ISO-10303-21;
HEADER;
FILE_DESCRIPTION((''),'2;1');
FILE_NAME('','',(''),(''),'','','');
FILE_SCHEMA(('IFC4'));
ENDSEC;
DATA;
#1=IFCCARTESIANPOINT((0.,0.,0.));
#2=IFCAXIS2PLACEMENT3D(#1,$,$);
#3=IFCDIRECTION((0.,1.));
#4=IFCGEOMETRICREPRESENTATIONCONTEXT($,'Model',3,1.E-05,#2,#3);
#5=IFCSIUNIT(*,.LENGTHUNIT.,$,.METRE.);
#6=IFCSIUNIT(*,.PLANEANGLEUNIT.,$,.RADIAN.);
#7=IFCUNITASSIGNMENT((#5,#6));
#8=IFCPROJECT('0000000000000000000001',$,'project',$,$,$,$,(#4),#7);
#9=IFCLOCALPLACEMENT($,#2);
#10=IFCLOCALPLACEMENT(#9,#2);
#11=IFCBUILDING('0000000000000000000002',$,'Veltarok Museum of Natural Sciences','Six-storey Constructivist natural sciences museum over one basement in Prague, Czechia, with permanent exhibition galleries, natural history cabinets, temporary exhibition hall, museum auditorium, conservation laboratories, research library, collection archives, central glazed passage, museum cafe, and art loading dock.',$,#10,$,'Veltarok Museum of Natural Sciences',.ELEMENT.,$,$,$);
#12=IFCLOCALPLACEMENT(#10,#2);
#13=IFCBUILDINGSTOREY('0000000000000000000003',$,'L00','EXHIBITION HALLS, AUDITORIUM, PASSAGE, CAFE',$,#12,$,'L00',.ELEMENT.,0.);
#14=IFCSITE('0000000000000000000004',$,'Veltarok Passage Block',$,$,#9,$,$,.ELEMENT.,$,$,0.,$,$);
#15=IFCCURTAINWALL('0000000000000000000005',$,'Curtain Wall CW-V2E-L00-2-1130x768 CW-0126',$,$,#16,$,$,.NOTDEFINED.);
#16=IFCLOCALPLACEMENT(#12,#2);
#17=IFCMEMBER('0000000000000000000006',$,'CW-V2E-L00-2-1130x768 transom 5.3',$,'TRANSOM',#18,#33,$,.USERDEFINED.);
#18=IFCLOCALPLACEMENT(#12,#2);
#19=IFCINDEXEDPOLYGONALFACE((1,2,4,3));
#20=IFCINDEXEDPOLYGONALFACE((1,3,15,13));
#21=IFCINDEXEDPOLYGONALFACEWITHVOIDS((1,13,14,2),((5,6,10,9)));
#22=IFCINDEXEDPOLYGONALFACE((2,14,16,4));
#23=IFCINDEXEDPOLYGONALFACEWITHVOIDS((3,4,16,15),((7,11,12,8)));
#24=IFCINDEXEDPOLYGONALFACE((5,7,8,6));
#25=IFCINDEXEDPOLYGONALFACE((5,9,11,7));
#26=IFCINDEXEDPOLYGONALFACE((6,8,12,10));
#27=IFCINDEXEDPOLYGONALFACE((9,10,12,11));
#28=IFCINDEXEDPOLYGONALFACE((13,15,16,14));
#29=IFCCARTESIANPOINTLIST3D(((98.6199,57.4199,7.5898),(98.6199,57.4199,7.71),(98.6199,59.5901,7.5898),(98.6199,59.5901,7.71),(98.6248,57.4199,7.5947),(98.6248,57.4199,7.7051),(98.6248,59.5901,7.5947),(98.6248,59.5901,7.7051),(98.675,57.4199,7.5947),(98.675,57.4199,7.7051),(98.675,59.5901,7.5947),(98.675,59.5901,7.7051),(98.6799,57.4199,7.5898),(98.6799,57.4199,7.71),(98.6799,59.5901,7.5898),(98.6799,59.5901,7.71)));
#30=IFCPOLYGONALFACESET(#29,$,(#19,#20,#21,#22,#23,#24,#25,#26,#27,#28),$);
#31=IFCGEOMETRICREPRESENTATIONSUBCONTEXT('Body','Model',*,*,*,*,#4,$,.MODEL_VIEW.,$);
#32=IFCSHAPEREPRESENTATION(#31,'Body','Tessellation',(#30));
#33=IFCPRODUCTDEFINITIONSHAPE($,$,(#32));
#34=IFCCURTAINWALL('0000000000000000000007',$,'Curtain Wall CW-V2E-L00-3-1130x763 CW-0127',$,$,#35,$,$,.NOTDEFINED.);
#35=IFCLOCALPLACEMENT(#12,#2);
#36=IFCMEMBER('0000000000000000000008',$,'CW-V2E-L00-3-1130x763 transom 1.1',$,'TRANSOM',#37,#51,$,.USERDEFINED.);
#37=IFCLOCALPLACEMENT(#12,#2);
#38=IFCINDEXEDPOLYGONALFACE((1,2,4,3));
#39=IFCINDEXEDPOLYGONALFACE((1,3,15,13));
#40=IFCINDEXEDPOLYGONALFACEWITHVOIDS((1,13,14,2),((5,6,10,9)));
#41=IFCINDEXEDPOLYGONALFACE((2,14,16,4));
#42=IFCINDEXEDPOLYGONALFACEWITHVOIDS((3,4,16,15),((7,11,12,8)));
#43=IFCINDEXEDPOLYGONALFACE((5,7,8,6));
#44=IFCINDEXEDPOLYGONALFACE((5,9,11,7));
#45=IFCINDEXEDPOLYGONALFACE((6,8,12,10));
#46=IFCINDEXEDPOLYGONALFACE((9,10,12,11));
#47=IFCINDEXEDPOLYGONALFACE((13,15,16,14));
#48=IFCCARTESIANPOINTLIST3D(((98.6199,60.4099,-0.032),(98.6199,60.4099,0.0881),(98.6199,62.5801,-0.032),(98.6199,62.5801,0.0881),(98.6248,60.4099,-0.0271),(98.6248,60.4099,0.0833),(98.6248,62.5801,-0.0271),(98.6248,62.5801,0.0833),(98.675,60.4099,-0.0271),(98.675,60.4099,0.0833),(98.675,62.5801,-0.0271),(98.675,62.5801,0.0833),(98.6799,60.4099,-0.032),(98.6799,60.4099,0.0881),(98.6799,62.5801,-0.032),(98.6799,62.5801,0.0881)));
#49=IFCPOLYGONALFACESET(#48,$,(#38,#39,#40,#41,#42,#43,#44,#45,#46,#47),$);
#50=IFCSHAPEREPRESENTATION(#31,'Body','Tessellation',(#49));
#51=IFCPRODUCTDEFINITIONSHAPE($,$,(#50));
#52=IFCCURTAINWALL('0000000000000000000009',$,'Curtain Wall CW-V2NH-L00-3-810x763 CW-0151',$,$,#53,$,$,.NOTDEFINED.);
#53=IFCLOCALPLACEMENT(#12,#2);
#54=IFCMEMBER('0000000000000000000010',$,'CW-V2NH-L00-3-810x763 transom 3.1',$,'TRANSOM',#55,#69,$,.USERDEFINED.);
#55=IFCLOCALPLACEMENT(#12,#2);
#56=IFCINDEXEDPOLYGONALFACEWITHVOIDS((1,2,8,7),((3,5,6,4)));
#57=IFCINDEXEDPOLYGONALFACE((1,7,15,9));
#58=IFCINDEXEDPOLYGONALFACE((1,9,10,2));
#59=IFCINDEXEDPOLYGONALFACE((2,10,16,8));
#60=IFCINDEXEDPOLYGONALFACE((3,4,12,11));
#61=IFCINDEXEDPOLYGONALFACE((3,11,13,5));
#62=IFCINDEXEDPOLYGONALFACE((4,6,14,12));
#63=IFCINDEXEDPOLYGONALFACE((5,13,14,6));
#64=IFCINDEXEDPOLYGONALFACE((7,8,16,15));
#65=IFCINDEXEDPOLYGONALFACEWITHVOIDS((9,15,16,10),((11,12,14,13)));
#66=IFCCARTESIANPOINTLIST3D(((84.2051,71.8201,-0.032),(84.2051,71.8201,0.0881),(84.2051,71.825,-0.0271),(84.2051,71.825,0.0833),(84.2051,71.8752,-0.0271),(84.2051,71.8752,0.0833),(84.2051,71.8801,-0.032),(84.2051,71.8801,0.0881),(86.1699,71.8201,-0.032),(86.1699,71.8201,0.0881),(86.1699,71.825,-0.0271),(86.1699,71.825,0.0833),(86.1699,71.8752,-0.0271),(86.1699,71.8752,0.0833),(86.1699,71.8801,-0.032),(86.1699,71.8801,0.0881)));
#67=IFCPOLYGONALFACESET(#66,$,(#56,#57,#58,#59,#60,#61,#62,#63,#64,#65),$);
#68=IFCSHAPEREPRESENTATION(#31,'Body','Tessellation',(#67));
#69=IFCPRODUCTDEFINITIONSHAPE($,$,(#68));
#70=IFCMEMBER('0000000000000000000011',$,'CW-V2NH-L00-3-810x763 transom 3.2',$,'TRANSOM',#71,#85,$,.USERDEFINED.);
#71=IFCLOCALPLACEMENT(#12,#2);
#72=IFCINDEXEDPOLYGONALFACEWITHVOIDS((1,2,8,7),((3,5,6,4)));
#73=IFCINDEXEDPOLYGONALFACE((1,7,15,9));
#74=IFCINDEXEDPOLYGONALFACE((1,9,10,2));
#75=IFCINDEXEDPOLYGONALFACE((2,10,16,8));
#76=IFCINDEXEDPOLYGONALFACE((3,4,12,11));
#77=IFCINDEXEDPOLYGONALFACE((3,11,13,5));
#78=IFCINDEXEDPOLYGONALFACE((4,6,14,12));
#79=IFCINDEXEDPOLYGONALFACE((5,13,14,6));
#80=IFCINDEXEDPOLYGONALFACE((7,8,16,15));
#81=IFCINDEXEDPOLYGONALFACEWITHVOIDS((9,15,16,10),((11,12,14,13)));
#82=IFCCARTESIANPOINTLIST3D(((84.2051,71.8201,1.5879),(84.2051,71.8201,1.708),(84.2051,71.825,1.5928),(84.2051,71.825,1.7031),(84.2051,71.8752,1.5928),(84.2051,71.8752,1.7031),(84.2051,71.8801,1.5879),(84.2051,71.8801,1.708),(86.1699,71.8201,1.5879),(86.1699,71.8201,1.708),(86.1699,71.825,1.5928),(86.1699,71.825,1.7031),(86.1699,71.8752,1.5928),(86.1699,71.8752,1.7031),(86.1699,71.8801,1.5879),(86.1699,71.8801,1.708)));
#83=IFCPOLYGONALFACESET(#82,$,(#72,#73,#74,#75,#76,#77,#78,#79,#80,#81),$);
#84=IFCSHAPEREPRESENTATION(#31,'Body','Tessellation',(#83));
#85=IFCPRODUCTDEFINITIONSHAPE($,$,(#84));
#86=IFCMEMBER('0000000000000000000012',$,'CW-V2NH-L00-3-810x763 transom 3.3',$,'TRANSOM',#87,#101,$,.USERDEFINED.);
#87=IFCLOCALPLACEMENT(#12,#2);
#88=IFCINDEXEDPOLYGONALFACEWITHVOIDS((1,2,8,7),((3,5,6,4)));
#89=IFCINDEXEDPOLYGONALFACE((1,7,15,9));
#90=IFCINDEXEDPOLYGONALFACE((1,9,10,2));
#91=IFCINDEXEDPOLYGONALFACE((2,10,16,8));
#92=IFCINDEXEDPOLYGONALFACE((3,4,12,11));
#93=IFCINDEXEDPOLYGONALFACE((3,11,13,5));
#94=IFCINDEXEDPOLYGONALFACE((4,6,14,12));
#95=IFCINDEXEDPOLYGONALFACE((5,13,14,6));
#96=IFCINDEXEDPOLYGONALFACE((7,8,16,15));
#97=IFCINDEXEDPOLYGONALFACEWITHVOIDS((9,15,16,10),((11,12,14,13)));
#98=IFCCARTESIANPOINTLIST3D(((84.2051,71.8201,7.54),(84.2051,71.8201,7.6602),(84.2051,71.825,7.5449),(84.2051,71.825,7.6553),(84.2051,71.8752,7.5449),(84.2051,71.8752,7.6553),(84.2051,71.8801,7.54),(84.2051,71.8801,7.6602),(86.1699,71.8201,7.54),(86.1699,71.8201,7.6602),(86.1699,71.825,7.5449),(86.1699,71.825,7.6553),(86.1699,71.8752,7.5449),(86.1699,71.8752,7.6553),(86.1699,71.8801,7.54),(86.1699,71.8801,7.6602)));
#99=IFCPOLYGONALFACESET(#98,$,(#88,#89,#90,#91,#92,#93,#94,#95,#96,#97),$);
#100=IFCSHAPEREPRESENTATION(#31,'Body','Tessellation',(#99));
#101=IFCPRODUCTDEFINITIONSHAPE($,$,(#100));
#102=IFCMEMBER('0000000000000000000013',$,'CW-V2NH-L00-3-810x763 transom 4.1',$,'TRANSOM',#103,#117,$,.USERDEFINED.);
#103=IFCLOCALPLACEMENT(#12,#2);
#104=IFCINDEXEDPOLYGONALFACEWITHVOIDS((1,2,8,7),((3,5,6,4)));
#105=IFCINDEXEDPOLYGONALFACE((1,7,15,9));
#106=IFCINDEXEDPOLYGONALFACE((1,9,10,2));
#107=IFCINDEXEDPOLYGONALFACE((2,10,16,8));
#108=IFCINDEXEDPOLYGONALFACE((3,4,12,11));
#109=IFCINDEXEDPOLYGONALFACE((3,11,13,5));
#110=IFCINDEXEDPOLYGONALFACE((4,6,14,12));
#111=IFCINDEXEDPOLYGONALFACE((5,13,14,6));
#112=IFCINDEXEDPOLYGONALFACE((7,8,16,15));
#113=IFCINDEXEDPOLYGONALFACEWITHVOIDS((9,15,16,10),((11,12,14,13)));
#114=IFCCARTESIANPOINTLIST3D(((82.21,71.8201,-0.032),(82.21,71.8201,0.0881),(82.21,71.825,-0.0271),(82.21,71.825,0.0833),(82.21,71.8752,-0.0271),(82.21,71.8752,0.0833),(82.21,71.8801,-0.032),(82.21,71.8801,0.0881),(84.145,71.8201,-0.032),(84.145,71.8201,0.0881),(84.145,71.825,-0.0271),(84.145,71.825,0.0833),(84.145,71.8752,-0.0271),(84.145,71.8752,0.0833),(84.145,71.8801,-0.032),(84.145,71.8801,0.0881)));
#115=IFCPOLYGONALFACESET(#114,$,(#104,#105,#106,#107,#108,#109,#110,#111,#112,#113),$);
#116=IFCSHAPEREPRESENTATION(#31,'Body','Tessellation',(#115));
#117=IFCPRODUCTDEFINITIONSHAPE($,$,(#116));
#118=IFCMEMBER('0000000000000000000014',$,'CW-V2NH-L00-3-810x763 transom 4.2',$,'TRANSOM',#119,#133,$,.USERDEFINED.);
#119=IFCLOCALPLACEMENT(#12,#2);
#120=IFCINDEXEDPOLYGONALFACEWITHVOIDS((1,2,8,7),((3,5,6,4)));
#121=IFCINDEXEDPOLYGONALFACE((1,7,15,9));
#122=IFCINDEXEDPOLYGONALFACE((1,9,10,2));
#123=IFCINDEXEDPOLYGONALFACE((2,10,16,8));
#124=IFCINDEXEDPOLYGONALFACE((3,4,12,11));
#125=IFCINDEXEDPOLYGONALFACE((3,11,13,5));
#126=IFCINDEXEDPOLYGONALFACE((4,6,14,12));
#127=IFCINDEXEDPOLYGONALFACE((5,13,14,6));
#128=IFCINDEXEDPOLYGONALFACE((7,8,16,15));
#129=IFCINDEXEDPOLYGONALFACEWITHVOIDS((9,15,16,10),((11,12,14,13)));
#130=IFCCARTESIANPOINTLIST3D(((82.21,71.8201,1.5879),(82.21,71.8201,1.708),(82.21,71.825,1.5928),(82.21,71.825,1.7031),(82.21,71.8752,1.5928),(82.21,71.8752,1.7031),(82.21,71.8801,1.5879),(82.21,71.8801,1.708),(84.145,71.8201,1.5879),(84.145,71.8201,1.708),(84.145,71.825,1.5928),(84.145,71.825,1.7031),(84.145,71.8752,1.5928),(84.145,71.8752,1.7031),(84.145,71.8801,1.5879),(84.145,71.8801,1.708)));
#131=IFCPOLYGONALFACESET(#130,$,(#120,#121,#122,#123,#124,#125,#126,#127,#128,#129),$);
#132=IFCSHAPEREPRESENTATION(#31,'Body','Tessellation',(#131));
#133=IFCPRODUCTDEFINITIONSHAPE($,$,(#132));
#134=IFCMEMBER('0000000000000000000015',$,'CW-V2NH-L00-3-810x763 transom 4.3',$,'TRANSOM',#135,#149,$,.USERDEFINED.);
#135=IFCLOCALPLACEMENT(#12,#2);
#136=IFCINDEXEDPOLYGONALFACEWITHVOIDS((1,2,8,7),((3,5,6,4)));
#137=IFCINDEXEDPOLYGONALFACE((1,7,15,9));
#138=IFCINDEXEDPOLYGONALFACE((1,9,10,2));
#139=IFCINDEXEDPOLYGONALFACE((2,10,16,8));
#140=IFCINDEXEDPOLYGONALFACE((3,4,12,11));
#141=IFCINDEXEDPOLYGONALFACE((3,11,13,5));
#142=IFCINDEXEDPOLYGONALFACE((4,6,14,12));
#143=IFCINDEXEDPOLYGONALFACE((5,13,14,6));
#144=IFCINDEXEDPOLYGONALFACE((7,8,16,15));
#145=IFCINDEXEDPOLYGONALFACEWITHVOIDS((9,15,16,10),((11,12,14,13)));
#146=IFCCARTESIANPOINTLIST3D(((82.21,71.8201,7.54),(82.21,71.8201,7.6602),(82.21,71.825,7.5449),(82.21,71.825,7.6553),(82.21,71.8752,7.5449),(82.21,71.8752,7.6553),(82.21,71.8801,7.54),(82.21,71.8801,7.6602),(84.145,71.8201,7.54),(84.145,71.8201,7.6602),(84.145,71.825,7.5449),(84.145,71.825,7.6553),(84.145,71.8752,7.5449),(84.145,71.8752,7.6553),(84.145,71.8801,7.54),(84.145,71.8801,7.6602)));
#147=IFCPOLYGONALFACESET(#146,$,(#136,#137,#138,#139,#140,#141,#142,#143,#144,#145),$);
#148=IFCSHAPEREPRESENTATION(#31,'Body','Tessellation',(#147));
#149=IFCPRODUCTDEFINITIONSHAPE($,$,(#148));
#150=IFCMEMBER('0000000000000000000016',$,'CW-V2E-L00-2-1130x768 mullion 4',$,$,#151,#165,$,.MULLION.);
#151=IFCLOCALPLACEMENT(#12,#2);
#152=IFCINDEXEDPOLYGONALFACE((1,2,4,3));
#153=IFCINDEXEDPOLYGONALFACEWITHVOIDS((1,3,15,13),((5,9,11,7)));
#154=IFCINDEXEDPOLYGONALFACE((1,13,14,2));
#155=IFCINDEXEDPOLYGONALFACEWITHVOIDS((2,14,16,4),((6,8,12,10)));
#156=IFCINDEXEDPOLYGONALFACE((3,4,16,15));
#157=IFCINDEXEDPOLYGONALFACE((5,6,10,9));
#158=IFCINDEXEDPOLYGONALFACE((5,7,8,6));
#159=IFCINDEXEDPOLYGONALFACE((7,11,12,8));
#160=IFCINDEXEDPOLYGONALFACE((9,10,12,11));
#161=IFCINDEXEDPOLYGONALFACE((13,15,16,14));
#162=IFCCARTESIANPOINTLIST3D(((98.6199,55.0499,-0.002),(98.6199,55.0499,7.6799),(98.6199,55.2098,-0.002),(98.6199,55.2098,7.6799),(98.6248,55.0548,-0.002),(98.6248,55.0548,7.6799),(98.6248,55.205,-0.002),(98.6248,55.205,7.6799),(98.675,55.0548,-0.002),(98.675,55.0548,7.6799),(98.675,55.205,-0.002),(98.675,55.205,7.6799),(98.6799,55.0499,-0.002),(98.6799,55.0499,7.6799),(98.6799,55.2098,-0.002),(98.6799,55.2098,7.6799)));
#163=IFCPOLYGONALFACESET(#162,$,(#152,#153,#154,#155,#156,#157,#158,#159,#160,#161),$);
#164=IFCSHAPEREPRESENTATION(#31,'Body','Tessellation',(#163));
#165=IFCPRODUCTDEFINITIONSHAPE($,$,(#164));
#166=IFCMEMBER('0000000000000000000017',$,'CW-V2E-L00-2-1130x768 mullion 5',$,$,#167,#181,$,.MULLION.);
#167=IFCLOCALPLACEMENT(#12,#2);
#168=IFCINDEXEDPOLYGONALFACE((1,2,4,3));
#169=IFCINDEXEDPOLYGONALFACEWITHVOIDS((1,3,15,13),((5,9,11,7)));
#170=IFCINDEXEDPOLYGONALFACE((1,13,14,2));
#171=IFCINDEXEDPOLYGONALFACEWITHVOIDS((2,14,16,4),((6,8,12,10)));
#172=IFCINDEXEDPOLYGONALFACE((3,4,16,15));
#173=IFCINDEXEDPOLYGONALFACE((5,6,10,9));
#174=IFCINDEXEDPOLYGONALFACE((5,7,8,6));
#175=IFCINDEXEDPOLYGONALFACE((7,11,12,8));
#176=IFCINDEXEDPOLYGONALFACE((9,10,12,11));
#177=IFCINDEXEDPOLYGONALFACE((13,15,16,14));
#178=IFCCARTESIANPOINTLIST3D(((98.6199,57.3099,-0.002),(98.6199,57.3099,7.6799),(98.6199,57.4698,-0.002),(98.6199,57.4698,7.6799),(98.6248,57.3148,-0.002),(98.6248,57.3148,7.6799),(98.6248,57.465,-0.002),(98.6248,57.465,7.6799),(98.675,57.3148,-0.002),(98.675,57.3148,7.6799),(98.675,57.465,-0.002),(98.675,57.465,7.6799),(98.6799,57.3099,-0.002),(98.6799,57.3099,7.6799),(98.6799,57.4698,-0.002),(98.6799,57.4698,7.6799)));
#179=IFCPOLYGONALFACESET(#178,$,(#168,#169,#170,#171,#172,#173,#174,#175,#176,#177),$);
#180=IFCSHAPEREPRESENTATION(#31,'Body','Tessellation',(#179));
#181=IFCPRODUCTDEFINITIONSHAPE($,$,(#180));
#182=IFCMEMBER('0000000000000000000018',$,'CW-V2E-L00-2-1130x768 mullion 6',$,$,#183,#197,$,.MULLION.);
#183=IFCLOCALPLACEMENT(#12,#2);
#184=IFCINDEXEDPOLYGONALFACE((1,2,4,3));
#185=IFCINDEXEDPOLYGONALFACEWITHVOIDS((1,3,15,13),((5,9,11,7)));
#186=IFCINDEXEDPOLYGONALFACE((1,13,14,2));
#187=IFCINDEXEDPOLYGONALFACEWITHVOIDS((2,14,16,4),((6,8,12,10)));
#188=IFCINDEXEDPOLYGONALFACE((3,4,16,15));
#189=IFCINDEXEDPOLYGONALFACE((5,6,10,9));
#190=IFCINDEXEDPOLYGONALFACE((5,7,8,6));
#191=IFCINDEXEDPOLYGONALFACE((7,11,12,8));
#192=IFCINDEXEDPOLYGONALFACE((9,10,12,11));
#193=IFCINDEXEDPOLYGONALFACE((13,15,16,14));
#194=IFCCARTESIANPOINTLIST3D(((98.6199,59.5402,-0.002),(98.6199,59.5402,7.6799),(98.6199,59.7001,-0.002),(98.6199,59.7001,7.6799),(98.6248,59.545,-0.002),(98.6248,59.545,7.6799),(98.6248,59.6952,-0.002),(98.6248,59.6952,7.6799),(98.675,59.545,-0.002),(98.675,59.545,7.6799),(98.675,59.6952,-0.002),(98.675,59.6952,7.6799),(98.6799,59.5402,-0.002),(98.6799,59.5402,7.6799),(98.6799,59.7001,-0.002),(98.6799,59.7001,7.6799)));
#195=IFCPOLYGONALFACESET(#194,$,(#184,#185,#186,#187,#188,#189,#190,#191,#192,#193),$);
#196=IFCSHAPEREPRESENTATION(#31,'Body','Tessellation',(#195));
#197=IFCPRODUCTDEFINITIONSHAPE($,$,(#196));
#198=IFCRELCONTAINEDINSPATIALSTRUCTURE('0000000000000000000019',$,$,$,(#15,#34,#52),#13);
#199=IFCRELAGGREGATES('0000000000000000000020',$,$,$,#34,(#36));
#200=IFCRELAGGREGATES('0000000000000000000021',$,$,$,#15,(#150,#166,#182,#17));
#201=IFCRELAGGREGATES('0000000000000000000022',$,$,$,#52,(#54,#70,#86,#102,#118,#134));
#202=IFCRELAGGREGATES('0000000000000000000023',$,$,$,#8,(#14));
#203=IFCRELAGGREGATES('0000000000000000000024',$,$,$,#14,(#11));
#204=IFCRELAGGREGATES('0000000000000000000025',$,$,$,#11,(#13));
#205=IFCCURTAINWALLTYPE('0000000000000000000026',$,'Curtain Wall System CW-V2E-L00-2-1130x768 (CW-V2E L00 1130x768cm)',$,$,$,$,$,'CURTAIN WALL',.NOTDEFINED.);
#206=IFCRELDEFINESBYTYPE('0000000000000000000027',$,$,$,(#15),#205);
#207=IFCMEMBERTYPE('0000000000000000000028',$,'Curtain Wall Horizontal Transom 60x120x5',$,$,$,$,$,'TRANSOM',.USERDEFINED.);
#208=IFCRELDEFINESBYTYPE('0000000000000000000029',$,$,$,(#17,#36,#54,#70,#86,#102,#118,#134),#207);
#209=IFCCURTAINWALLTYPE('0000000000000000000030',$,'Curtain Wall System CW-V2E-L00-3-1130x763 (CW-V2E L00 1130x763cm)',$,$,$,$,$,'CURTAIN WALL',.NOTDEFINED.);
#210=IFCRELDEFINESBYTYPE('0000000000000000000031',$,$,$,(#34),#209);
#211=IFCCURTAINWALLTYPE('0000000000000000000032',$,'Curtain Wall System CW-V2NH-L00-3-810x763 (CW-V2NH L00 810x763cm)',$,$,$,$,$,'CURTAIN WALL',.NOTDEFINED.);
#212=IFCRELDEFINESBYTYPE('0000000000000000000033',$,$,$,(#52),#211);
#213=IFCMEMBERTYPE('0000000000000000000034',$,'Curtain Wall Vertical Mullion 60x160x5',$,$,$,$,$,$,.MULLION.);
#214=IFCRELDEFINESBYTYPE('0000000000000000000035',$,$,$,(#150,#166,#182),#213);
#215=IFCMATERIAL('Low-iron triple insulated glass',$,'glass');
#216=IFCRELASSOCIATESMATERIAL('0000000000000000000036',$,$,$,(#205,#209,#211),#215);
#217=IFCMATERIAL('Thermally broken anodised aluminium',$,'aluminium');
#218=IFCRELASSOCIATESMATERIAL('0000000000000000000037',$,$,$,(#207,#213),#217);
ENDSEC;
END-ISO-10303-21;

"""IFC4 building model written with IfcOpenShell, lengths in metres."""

from ifc_helpers import new_model, si_unit, direction, frame, origin, origin_2d, place, context, subcontext, project, spatial, hollow_rectangle, extrude, material, material_profile, profile_set, type_object, element, aggregate, save


model = new_model("IFC4")

# Units and contexts
model_context = context("Model", 3, precision=1e-05, world=origin(), true_north=direction((0.0, 1.0)))
body_context = subcontext(model_context, "Body", "Model", "MODEL_VIEW")
ifc_project = project(units=[si_unit("LENGTHUNIT", "METRE"), si_unit("PLANEANGLEUNIT", "RADIAN")], contexts=[model_context])

# Site, building, storey
site_placement = place(None, origin())
site = spatial("IfcSite", under=ifc_project, at=site_placement, Name="Veltarok Passage Block", CompositionType="ELEMENT", RefElevation=0.0)
building_placement = place(site_placement, origin())
building = spatial("IfcBuilding", under=site, at=building_placement, Name="Veltarok Museum of Natural Sciences", Description="Six-storey Constructivist natural sciences museum over one basement in Prague, Czechia, with permanent exhibition galleries, natural history cabinets, temporary exhibition hall, museum auditorium, conservation laboratories, research library, collection archives, central glazed passage, museum cafe, and art loading dock.", LongName="Veltarok Museum of Natural Sciences", CompositionType="ELEMENT")
storey_placement = place(building_placement, origin())
storey = spatial("IfcBuildingStorey", under=building, at=storey_placement, Name="L00", Description="EXHIBITION HALLS, AUDITORIUM, PASSAGE, CAFE", LongName="L00", CompositionType="ELEMENT", Elevation=0.0)

# Curtain wall, member
ifc_material_1 = material(Name="Low-iron triple insulated glass", Category="glass")
curtain_wall_type_1 = type_object("IfcCurtainWallType", Name="Curtain Wall System CW-V2E-L00-2-1130x768 (CW-V2E L00 1130x768cm)", ElementType="CURTAIN WALL", PredefinedType="NOTDEFINED", material=ifc_material_1)
curtain_wall_1_placement = place(storey_placement, origin())
curtain_wall_1 = element("IfcCurtainWall", 1, at=curtain_wall_1_placement, inside=storey, type_object=curtain_wall_type_1, Name="Curtain Wall CW-V2E-L00-2-1130x768 CW-0126", PredefinedType="NOTDEFINED")
ifc_material_2 = material(Name="Thermally broken anodised aluminium", Category="aluminium")
ifc_material_profile_1 = material_profile(ifc_material_2, hollow_rectangle(XDim=0.0601, YDim=0.1201, WallThickness=0.0049, at=origin_2d()), Name="CW TRANSOM 60x120x5")
ifc_profile_set_1 = profile_set([ifc_material_profile_1], Name="Thermally broken anodised aluminium")
member_type_1 = type_object("IfcMemberType", Name="Curtain Wall Horizontal Transom 60x120x5", ElementType="TRANSOM", PredefinedType="USERDEFINED", material=ifc_profile_set_1)
member_1_placement = place(storey_placement, frame((98.6499, 57.4199, 7.6499), z_axis=(0.0, 1.0, 0.0), x_axis=(-1.0, 0.0, 0.0)))
member_1 = element("IfcMember", 2, at=member_1_placement, type_object=member_type_1, Name="CW-V2E-L00-2-1130x768 transom 5.3", ObjectType="TRANSOM", PredefinedType="USERDEFINED", context=body_context, shape_type="SweptSolid", body=[
    extrude(hollow_rectangle(XDim=0.0601, YDim=0.1201, WallThickness=0.0049, at=origin_2d()), origin(), (0.0, 0.0, 1.0), 2.1702),
])

# Curtain wall, member
curtain_wall_type_2 = type_object("IfcCurtainWallType", Name="Curtain Wall System CW-V2E-L00-3-1130x763 (CW-V2E L00 1130x763cm)", ElementType="CURTAIN WALL", PredefinedType="NOTDEFINED", material=ifc_material_1)
curtain_wall_2_placement = place(storey_placement, origin())
curtain_wall_2 = element("IfcCurtainWall", 3, at=curtain_wall_2_placement, inside=storey, type_object=curtain_wall_type_2, Name="Curtain Wall CW-V2E-L00-3-1130x763 CW-0127", PredefinedType="NOTDEFINED")
member_2_placement = place(storey_placement, frame((98.6499, 60.4099, 0.0281), z_axis=(0.0, 1.0, 0.0), x_axis=(-1.0, 0.0, 0.0)))
member_2 = element("IfcMember", 4, at=member_2_placement, type_object=member_type_1, Name="CW-V2E-L00-3-1130x763 transom 1.1", ObjectType="TRANSOM", PredefinedType="USERDEFINED", context=body_context, shape_type="SweptSolid", body=[
    extrude(hollow_rectangle(XDim=0.0601, YDim=0.1201, WallThickness=0.0049, at=origin_2d()), origin(), (0.0, 0.0, 1.0), 2.1702),
])

# Curtain wall, members
curtain_wall_type_3 = type_object("IfcCurtainWallType", Name="Curtain Wall System CW-V2NH-L00-3-810x763 (CW-V2NH L00 810x763cm)", ElementType="CURTAIN WALL", PredefinedType="NOTDEFINED", material=ifc_material_1)
curtain_wall_3_placement = place(storey_placement, origin())
curtain_wall_3 = element("IfcCurtainWall", 5, at=curtain_wall_3_placement, inside=storey, type_object=curtain_wall_type_3, Name="Curtain Wall CW-V2NH-L00-3-810x763 CW-0151", PredefinedType="NOTDEFINED")
member_3_placement = place(storey_placement, frame((86.1699, 71.8501, 0.0281), z_axis=(-1.0, 0.0, 0.0), x_axis=(0.0, -1.0, 0.0)))
member_3 = element("IfcMember", 6, at=member_3_placement, type_object=member_type_1, Name="CW-V2NH-L00-3-810x763 transom 3.1", ObjectType="TRANSOM", PredefinedType="USERDEFINED", context=body_context, shape_type="SweptSolid", body=[
    extrude(hollow_rectangle(XDim=0.0601, YDim=0.1201, WallThickness=0.0049, at=origin_2d()), origin(), (0.0, 0.0, 1.0), 1.9648),
])
member_4_placement = place(storey_placement, frame((86.1699, 71.8501, 1.6479), z_axis=(-1.0, 0.0, 0.0), x_axis=(0.0, -1.0, 0.0)))
member_4 = element("IfcMember", 7, at=member_4_placement, type_object=member_type_1, Name="CW-V2NH-L00-3-810x763 transom 3.2", ObjectType="TRANSOM", PredefinedType="USERDEFINED", context=body_context, shape_type="SweptSolid", body=[
    extrude(hollow_rectangle(XDim=0.0601, YDim=0.1201, WallThickness=0.0049, at=origin_2d()), origin(), (0.0, 0.0, 1.0), 1.9648),
])
member_5_placement = place(storey_placement, frame((86.1699, 71.8501, 7.6001), z_axis=(-1.0, 0.0, 0.0), x_axis=(0.0, -1.0, 0.0)))
member_5 = element("IfcMember", 8, at=member_5_placement, type_object=member_type_1, Name="CW-V2NH-L00-3-810x763 transom 3.3", ObjectType="TRANSOM", PredefinedType="USERDEFINED", context=body_context, shape_type="SweptSolid", body=[
    extrude(hollow_rectangle(XDim=0.0601, YDim=0.1201, WallThickness=0.0049, at=origin_2d()), origin(), (0.0, 0.0, 1.0), 1.9648),
])
member_6_placement = place(storey_placement, frame((84.145, 71.8501, 0.0281), z_axis=(-1.0, 0.0, 0.0), x_axis=(0.0, -1.0, 0.0)))
member_6 = element("IfcMember", 9, at=member_6_placement, type_object=member_type_1, Name="CW-V2NH-L00-3-810x763 transom 4.1", ObjectType="TRANSOM", PredefinedType="USERDEFINED", context=body_context, shape_type="SweptSolid", body=[
    extrude(hollow_rectangle(XDim=0.0601, YDim=0.1201, WallThickness=0.0049, at=origin_2d()), origin(), (0.0, 0.0, 1.0), 1.9351),
])
member_7_placement = place(storey_placement, frame((84.145, 71.8501, 1.6479), z_axis=(-1.0, 0.0, 0.0), x_axis=(0.0, -1.0, 0.0)))
member_7 = element("IfcMember", 10, at=member_7_placement, type_object=member_type_1, Name="CW-V2NH-L00-3-810x763 transom 4.2", ObjectType="TRANSOM", PredefinedType="USERDEFINED", context=body_context, shape_type="SweptSolid", body=[
    extrude(hollow_rectangle(XDim=0.0601, YDim=0.1201, WallThickness=0.0049, at=origin_2d()), origin(), (0.0, 0.0, 1.0), 1.9351),
])
member_8_placement = place(storey_placement, frame((84.145, 71.8501, 7.6001), z_axis=(-1.0, 0.0, 0.0), x_axis=(0.0, -1.0, 0.0)))
member_8 = element("IfcMember", 11, at=member_8_placement, type_object=member_type_1, Name="CW-V2NH-L00-3-810x763 transom 4.3", ObjectType="TRANSOM", PredefinedType="USERDEFINED", context=body_context, shape_type="SweptSolid", body=[
    extrude(hollow_rectangle(XDim=0.0601, YDim=0.1201, WallThickness=0.0049, at=origin_2d()), origin(), (0.0, 0.0, 1.0), 1.9351),
])

# Members
ifc_material_profile_2 = material_profile(ifc_material_2, hollow_rectangle(XDim=0.0601, YDim=0.1599, WallThickness=0.0049, at=origin_2d()), Name="CW MULLION 60x160x5")
ifc_profile_set_2 = profile_set([ifc_material_profile_2], Name="Thermally broken anodised aluminium")
member_type_2 = type_object("IfcMemberType", Name="Curtain Wall Vertical Mullion 60x160x5", PredefinedType="MULLION", material=ifc_profile_set_2)
member_9_placement = place(storey_placement, frame((98.6499, 55.1299, -0.002), z_axis=(0.0, 0.0, 1.0), x_axis=(-1.0, 0.0, 0.0)))
member_9 = element("IfcMember", 12, at=member_9_placement, type_object=member_type_2, Name="CW-V2E-L00-2-1130x768 mullion 4", PredefinedType="MULLION", context=body_context, shape_type="SweptSolid", body=[
    extrude(hollow_rectangle(XDim=0.0601, YDim=0.1599, WallThickness=0.0049, at=origin_2d()), origin(), (0.0, 0.0, 1.0), 7.6819),
])
member_10_placement = place(storey_placement, frame((98.6499, 57.3899, -0.002), z_axis=(0.0, 0.0, 1.0), x_axis=(-1.0, 0.0, 0.0)))
member_10 = element("IfcMember", 13, at=member_10_placement, type_object=member_type_2, Name="CW-V2E-L00-2-1130x768 mullion 5", PredefinedType="MULLION", context=body_context, shape_type="SweptSolid", body=[
    extrude(hollow_rectangle(XDim=0.0601, YDim=0.1599, WallThickness=0.0049, at=origin_2d()), origin(), (0.0, 0.0, 1.0), 7.6819),
])
member_11_placement = place(storey_placement, frame((98.6499, 59.6201, -0.002), z_axis=(0.0, 0.0, 1.0), x_axis=(-1.0, 0.0, 0.0)))
member_11 = element("IfcMember", 14, at=member_11_placement, type_object=member_type_2, Name="CW-V2E-L00-2-1130x768 mullion 6", PredefinedType="MULLION", context=body_context, shape_type="SweptSolid", body=[
    extrude(hollow_rectangle(XDim=0.0601, YDim=0.1599, WallThickness=0.0049, at=origin_2d()), origin(), (0.0, 0.0, 1.0), 7.6819),
])
aggregate(curtain_wall_2, [member_2])

aggregate(curtain_wall_1, [member_9, member_10, member_11, member_1])
aggregate(curtain_wall_3, [member_3, member_4, member_5, member_6, member_7, member_8])

save(model, "model.ifc")
